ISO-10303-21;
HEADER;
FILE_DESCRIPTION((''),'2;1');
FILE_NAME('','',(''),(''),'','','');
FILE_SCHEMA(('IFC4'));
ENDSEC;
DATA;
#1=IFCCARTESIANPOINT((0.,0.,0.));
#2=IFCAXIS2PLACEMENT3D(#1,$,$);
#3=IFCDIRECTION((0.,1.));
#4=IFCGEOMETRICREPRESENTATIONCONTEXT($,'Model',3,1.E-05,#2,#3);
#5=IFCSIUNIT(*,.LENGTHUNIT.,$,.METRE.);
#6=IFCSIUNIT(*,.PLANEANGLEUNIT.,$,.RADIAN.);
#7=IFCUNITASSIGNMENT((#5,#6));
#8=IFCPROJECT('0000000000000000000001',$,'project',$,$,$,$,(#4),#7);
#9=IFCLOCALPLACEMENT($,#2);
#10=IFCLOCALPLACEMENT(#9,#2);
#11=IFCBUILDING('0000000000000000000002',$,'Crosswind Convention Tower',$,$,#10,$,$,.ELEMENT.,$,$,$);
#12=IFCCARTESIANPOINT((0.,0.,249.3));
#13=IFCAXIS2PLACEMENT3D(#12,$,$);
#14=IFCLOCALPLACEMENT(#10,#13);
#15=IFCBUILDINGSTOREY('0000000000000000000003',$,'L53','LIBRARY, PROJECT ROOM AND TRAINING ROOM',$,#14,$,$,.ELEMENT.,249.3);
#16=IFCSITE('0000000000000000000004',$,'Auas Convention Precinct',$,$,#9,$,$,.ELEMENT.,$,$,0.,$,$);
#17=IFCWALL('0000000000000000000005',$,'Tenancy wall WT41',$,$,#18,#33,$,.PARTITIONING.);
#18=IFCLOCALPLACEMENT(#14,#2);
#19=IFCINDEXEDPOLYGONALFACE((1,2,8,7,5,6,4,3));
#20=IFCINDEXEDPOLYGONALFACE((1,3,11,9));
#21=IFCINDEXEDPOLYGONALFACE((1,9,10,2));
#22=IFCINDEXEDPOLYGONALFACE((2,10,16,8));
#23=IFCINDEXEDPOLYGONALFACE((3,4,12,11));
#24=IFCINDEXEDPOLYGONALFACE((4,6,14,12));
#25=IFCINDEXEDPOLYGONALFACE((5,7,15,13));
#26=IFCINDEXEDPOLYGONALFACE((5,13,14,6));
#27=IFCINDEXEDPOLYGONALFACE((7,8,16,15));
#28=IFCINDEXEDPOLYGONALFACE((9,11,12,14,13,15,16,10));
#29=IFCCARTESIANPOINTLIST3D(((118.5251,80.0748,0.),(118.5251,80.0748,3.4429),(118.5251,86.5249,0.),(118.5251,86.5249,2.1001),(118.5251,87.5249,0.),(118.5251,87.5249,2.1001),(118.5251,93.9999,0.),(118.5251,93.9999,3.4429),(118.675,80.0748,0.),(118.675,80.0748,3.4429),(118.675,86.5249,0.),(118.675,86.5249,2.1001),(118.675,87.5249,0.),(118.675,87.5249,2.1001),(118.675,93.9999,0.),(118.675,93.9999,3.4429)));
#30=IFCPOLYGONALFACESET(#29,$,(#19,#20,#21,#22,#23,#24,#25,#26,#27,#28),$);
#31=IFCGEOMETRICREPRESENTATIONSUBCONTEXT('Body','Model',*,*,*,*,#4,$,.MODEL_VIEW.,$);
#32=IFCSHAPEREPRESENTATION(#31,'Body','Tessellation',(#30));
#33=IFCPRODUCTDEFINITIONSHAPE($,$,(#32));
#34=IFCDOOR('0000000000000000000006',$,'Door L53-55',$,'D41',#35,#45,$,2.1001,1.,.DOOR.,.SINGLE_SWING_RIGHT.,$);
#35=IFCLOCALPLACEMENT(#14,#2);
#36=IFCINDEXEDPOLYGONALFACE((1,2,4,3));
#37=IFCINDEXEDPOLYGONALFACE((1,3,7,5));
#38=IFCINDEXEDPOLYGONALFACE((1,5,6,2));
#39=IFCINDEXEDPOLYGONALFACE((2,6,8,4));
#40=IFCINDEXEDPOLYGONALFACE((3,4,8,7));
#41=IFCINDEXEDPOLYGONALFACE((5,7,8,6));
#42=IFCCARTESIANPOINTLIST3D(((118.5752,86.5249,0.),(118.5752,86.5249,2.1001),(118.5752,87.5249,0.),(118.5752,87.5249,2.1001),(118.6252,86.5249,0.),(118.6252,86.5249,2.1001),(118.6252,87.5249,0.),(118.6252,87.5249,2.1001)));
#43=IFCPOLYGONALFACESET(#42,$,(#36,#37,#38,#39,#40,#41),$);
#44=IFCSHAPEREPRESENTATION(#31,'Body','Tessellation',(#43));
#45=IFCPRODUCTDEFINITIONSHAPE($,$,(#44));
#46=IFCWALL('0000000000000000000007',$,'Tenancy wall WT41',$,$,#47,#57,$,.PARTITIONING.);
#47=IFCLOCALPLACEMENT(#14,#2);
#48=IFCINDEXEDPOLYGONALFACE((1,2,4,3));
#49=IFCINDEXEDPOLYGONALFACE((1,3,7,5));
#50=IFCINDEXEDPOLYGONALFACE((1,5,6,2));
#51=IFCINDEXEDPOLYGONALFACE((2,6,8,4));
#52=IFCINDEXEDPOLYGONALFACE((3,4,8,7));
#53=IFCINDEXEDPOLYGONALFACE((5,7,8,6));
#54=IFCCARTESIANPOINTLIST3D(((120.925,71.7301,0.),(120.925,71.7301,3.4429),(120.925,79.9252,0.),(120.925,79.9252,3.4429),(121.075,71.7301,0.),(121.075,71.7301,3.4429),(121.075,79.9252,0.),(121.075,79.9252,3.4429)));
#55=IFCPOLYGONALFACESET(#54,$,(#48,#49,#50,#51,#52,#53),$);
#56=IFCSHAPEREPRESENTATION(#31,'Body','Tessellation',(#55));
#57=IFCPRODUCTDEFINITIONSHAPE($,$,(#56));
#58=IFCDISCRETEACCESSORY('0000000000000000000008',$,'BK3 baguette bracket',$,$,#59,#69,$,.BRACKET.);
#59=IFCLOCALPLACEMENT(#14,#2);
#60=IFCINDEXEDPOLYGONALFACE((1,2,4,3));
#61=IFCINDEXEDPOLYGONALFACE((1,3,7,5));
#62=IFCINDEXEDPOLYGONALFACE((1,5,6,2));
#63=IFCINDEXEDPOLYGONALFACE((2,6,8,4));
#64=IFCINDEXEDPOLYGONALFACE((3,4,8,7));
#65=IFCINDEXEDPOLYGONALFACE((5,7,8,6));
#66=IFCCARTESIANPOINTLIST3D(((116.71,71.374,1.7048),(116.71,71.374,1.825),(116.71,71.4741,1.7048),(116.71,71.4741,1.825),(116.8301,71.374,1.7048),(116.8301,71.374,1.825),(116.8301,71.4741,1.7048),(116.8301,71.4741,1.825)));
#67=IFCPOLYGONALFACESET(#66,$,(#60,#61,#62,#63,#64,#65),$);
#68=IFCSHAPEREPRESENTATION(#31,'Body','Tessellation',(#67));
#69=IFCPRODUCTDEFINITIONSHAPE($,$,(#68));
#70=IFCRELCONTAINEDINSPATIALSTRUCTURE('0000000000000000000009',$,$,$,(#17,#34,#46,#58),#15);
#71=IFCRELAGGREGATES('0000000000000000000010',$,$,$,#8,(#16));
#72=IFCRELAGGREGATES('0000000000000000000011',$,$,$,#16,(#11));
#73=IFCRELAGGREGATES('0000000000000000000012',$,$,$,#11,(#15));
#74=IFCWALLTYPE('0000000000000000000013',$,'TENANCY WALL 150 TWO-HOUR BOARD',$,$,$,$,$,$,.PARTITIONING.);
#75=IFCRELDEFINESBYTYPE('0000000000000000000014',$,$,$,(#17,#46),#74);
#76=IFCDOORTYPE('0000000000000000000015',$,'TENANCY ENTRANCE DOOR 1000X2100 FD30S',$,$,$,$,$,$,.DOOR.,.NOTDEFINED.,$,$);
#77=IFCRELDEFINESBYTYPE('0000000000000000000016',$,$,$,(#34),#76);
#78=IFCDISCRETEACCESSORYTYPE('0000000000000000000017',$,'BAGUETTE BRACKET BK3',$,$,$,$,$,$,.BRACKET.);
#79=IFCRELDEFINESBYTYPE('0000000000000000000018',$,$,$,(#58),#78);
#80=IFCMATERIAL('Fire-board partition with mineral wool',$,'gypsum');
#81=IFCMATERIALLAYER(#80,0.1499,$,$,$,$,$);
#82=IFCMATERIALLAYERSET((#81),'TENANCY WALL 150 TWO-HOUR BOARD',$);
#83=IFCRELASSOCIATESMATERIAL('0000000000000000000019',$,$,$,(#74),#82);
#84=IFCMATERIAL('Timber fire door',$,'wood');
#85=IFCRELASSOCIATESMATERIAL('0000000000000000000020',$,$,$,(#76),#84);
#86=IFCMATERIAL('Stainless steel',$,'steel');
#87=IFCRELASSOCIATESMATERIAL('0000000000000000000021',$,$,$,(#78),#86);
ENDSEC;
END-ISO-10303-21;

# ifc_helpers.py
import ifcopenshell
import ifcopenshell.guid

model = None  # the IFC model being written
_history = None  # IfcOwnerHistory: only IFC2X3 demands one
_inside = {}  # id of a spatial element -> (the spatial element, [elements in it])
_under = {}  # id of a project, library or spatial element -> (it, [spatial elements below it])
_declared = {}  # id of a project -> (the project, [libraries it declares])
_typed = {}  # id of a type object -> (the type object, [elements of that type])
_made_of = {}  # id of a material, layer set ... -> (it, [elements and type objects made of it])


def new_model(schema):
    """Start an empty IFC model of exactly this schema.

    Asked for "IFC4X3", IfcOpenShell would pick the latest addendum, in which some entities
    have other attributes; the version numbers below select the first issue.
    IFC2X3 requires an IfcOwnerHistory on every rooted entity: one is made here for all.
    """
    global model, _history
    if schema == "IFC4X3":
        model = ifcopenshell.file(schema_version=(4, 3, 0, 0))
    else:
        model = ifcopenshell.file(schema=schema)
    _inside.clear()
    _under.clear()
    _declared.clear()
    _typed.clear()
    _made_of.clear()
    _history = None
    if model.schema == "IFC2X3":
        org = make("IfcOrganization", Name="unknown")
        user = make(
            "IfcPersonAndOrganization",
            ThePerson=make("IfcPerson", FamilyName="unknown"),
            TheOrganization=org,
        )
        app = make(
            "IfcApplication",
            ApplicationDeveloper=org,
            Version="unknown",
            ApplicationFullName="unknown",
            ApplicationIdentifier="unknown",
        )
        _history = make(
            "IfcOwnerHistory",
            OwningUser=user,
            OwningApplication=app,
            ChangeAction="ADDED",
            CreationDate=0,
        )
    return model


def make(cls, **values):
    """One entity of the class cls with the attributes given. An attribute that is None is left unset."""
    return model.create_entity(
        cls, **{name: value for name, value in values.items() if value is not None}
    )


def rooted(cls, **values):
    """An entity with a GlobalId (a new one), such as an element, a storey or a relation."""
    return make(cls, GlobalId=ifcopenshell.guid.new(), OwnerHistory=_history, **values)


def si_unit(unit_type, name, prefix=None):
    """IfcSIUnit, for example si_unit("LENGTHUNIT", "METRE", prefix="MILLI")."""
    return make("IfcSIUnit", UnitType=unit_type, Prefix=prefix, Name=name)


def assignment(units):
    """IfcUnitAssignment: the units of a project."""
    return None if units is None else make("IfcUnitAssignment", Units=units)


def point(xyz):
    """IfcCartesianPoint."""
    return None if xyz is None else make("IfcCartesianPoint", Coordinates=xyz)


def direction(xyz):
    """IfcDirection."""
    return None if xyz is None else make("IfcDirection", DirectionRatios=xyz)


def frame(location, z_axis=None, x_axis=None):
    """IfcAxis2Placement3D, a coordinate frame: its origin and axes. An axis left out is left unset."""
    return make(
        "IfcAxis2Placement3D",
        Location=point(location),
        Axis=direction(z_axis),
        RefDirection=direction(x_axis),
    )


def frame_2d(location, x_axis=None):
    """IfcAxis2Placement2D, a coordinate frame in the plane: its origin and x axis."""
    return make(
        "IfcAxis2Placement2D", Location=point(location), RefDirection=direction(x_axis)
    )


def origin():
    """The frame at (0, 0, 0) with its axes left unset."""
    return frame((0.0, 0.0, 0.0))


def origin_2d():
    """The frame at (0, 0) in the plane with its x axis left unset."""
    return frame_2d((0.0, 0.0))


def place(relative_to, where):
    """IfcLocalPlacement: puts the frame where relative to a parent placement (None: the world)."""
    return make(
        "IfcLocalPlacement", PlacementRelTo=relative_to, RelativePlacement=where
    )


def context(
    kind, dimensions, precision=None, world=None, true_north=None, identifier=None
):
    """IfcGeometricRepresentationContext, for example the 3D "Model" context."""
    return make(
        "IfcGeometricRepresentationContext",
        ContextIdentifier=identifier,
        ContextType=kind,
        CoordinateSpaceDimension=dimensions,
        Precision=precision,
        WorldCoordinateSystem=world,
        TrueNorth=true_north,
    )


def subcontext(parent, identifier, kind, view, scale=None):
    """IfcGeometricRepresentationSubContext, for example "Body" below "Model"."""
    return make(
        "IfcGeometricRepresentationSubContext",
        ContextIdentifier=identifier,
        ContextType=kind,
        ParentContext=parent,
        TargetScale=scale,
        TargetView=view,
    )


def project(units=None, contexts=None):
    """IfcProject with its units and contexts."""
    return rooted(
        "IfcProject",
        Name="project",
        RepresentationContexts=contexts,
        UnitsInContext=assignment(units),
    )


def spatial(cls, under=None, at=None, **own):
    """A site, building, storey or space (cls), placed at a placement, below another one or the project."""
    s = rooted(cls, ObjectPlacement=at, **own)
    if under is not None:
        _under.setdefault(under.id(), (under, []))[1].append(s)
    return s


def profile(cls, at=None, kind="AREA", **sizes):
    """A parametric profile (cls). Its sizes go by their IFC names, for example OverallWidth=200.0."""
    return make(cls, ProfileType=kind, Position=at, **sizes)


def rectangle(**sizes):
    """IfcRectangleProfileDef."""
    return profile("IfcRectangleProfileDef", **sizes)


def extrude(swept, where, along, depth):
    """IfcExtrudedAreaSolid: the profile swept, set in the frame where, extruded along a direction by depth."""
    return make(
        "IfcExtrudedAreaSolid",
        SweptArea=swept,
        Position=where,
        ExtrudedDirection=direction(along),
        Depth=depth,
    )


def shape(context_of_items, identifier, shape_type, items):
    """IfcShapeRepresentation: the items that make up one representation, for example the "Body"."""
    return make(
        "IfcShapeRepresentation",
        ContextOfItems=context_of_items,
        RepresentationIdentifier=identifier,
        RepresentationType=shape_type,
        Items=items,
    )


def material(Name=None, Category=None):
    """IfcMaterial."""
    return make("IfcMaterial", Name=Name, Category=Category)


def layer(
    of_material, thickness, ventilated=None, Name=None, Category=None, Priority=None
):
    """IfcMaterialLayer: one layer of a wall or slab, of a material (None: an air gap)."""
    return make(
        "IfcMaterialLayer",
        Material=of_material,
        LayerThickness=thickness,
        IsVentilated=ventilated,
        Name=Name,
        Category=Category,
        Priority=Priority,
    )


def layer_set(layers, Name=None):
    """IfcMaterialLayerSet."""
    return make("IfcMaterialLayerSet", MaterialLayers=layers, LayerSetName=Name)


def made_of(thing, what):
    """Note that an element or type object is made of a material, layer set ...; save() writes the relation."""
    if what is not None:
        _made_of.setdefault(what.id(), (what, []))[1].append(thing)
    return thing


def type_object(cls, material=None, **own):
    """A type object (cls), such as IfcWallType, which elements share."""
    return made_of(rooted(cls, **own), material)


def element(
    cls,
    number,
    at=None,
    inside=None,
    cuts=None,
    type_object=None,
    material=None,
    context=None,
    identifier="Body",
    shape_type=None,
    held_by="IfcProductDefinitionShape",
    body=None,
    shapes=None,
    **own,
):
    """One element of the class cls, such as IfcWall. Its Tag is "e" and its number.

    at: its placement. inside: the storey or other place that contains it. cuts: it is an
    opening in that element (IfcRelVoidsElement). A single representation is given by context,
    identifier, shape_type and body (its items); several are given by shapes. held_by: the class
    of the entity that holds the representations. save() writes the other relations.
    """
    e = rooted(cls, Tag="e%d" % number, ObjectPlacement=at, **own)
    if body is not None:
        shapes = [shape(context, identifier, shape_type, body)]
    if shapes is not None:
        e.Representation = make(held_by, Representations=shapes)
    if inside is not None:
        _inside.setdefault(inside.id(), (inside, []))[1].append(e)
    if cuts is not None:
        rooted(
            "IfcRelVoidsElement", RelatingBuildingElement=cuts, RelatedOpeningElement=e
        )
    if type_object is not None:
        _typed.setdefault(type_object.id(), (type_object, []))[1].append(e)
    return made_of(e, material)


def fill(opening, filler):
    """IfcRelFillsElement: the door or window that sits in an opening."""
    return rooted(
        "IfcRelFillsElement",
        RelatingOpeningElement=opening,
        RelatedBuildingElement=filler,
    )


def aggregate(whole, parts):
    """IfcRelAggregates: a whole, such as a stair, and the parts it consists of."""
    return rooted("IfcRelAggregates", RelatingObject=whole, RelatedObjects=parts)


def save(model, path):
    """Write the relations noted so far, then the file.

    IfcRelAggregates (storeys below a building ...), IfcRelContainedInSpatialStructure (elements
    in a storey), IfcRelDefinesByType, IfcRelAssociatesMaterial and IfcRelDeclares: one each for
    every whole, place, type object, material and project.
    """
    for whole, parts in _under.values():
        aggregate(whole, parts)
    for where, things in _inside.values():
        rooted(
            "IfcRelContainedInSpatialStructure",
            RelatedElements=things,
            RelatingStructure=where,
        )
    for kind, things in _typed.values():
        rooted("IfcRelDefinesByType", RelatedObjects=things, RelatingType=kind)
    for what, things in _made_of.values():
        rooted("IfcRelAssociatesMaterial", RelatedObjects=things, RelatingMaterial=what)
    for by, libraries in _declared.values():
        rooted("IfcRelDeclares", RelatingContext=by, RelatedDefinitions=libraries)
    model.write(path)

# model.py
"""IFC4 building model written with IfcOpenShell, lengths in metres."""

from ifc_helpers import new_model, si_unit, direction, frame, frame_2d, origin, origin_2d, place, context, subcontext, project, spatial, rectangle, extrude, material, layer, layer_set, type_object, element, fill, save


model = new_model("IFC4")

# Units and contexts
model_context = context("Model", 3, precision=1e-05, world=origin(), true_north=direction((0.0, 1.0)))
body_context = subcontext(model_context, "Body", "Model", "MODEL_VIEW")
ifc_project = project(units=[si_unit("LENGTHUNIT", "METRE"), si_unit("PLANEANGLEUNIT", "RADIAN")], contexts=[model_context])

# Site, building, storey
site_placement = place(None, origin())
site = spatial("IfcSite", under=ifc_project, at=site_placement, Name="Auas Convention Precinct", CompositionType="ELEMENT", RefElevation=0.0)
building_placement = place(site_placement, origin())
building = spatial("IfcBuilding", under=site, at=building_placement, Name="Crosswind Convention Tower", CompositionType="ELEMENT")
storey_placement = place(building_placement, frame((0.0, 0.0, 249.3)))
storey = spatial("IfcBuildingStorey", under=building, at=storey_placement, Name="L53", Description="LIBRARY, PROJECT ROOM AND TRAINING ROOM", CompositionType="ELEMENT", Elevation=249.3)

# Wall, opening, door
ifc_material_1 = material(Name="Fire-board partition with mineral wool", Category="gypsum")
ifc_layer_1 = layer(ifc_material_1, 0.1499)
ifc_layer_set_1 = layer_set([ifc_layer_1], Name="TENANCY WALL 150 TWO-HOUR BOARD")
wall_type = type_object("IfcWallType", Name="TENANCY WALL 150 TWO-HOUR BOARD", PredefinedType="PARTITIONING", material=ifc_layer_set_1)
wall_1_placement = place(storey_placement, frame((118.6001, 80.075, 0.0), z_axis=(0.0, 0.0, 1.0), x_axis=(0.0, 1.0, 0.0)))
wall_1 = element("IfcWall", 1, at=wall_1_placement, inside=storey, type_object=wall_type, Name="Tenancy wall WT41", PredefinedType="PARTITIONING", context=body_context, shape_type="SweptSolid", body=[
    extrude(rectangle(XDim=13.925, YDim=0.1499, at=frame_2d((6.9624, 0.0))), origin(), (0.0, 0.0, 1.0), 3.4429),
])
opening_placement = place(wall_1_placement, frame((6.45, 0.0, 0.0)))
opening = element("IfcOpeningElement", 2, at=opening_placement, cuts=wall_1, PredefinedType="OPENING", context=body_context, shape_type="SweptSolid", body=[
    extrude(rectangle(XDim=1.0, YDim=2.1001, at=frame_2d((0.5, 1.05))), frame((0.0, 0.085, 0.0), z_axis=(0.0, -1.0, 0.0), x_axis=(1.0, 0.0, 0.0)), (0.0, 0.0, 1.0), 0.1699),
])
ifc_material_2 = material(Name="Timber fire door", Category="wood")
door_type = type_object("IfcDoorType", Name="TENANCY ENTRANCE DOOR 1000X2100 FD30S", OperationType="NOTDEFINED", PredefinedType="DOOR", material=ifc_material_2)
door_placement = place(opening_placement, origin())
door = element("IfcDoor", 3, at=door_placement, inside=storey, type_object=door_type, Name="Door L53-55", ObjectType="D41", OperationType="SINGLE_SWING_RIGHT", OverallHeight=2.1001, OverallWidth=1.0, PredefinedType="DOOR", context=body_context, shape_type="SweptSolid", body=[
    extrude(rectangle(XDim=1.0, YDim=2.1001, at=frame_2d((0.5, 1.05))), frame((0.0, 0.0249, 0.0), z_axis=(0.0, -1.0, 0.0), x_axis=(1.0, 0.0, 0.0)), (0.0, 0.0, 1.0), 0.05),
])
fill(opening, door)

# Wall
wall_2_placement = place(storey_placement, frame((121.0, 71.73, 0.0), z_axis=(0.0, 0.0, 1.0), x_axis=(0.0, 1.0, 0.0)))
element("IfcWall", 4, at=wall_2_placement, inside=storey, type_object=wall_type, Name="Tenancy wall WT41", PredefinedType="PARTITIONING", context=body_context, shape_type="SweptSolid", body=[
    extrude(rectangle(XDim=8.1951, YDim=0.1499, at=frame_2d((4.0977, 0.0))), origin(), (0.0, 0.0, 1.0), 3.4429),
])

# Discrete accessory
ifc_material_3 = material(Name="Stainless steel", Category="steel")
discrete_accessory_type = type_object("IfcDiscreteAccessoryType", Name="BAGUETTE BRACKET BK3", PredefinedType="BRACKET", material=ifc_material_3)
discrete_accessory_placement = place(storey_placement, frame((116.77, 71.4241, 1.7048), z_axis=(0.0, 0.0, 1.0), x_axis=(1.0, 0.0, 0.0)))
element("IfcDiscreteAccessory", 5, at=discrete_accessory_placement, inside=storey, type_object=discrete_accessory_type, Name="BK3 baguette bracket", PredefinedType="BRACKET", context=body_context, shape_type="SweptSolid", body=[
    extrude(rectangle(XDim=0.1201, YDim=0.1001, at=origin_2d()), origin(), (0.0, 0.0, 1.0), 0.1201),
])

save(model, "model.ifc")
